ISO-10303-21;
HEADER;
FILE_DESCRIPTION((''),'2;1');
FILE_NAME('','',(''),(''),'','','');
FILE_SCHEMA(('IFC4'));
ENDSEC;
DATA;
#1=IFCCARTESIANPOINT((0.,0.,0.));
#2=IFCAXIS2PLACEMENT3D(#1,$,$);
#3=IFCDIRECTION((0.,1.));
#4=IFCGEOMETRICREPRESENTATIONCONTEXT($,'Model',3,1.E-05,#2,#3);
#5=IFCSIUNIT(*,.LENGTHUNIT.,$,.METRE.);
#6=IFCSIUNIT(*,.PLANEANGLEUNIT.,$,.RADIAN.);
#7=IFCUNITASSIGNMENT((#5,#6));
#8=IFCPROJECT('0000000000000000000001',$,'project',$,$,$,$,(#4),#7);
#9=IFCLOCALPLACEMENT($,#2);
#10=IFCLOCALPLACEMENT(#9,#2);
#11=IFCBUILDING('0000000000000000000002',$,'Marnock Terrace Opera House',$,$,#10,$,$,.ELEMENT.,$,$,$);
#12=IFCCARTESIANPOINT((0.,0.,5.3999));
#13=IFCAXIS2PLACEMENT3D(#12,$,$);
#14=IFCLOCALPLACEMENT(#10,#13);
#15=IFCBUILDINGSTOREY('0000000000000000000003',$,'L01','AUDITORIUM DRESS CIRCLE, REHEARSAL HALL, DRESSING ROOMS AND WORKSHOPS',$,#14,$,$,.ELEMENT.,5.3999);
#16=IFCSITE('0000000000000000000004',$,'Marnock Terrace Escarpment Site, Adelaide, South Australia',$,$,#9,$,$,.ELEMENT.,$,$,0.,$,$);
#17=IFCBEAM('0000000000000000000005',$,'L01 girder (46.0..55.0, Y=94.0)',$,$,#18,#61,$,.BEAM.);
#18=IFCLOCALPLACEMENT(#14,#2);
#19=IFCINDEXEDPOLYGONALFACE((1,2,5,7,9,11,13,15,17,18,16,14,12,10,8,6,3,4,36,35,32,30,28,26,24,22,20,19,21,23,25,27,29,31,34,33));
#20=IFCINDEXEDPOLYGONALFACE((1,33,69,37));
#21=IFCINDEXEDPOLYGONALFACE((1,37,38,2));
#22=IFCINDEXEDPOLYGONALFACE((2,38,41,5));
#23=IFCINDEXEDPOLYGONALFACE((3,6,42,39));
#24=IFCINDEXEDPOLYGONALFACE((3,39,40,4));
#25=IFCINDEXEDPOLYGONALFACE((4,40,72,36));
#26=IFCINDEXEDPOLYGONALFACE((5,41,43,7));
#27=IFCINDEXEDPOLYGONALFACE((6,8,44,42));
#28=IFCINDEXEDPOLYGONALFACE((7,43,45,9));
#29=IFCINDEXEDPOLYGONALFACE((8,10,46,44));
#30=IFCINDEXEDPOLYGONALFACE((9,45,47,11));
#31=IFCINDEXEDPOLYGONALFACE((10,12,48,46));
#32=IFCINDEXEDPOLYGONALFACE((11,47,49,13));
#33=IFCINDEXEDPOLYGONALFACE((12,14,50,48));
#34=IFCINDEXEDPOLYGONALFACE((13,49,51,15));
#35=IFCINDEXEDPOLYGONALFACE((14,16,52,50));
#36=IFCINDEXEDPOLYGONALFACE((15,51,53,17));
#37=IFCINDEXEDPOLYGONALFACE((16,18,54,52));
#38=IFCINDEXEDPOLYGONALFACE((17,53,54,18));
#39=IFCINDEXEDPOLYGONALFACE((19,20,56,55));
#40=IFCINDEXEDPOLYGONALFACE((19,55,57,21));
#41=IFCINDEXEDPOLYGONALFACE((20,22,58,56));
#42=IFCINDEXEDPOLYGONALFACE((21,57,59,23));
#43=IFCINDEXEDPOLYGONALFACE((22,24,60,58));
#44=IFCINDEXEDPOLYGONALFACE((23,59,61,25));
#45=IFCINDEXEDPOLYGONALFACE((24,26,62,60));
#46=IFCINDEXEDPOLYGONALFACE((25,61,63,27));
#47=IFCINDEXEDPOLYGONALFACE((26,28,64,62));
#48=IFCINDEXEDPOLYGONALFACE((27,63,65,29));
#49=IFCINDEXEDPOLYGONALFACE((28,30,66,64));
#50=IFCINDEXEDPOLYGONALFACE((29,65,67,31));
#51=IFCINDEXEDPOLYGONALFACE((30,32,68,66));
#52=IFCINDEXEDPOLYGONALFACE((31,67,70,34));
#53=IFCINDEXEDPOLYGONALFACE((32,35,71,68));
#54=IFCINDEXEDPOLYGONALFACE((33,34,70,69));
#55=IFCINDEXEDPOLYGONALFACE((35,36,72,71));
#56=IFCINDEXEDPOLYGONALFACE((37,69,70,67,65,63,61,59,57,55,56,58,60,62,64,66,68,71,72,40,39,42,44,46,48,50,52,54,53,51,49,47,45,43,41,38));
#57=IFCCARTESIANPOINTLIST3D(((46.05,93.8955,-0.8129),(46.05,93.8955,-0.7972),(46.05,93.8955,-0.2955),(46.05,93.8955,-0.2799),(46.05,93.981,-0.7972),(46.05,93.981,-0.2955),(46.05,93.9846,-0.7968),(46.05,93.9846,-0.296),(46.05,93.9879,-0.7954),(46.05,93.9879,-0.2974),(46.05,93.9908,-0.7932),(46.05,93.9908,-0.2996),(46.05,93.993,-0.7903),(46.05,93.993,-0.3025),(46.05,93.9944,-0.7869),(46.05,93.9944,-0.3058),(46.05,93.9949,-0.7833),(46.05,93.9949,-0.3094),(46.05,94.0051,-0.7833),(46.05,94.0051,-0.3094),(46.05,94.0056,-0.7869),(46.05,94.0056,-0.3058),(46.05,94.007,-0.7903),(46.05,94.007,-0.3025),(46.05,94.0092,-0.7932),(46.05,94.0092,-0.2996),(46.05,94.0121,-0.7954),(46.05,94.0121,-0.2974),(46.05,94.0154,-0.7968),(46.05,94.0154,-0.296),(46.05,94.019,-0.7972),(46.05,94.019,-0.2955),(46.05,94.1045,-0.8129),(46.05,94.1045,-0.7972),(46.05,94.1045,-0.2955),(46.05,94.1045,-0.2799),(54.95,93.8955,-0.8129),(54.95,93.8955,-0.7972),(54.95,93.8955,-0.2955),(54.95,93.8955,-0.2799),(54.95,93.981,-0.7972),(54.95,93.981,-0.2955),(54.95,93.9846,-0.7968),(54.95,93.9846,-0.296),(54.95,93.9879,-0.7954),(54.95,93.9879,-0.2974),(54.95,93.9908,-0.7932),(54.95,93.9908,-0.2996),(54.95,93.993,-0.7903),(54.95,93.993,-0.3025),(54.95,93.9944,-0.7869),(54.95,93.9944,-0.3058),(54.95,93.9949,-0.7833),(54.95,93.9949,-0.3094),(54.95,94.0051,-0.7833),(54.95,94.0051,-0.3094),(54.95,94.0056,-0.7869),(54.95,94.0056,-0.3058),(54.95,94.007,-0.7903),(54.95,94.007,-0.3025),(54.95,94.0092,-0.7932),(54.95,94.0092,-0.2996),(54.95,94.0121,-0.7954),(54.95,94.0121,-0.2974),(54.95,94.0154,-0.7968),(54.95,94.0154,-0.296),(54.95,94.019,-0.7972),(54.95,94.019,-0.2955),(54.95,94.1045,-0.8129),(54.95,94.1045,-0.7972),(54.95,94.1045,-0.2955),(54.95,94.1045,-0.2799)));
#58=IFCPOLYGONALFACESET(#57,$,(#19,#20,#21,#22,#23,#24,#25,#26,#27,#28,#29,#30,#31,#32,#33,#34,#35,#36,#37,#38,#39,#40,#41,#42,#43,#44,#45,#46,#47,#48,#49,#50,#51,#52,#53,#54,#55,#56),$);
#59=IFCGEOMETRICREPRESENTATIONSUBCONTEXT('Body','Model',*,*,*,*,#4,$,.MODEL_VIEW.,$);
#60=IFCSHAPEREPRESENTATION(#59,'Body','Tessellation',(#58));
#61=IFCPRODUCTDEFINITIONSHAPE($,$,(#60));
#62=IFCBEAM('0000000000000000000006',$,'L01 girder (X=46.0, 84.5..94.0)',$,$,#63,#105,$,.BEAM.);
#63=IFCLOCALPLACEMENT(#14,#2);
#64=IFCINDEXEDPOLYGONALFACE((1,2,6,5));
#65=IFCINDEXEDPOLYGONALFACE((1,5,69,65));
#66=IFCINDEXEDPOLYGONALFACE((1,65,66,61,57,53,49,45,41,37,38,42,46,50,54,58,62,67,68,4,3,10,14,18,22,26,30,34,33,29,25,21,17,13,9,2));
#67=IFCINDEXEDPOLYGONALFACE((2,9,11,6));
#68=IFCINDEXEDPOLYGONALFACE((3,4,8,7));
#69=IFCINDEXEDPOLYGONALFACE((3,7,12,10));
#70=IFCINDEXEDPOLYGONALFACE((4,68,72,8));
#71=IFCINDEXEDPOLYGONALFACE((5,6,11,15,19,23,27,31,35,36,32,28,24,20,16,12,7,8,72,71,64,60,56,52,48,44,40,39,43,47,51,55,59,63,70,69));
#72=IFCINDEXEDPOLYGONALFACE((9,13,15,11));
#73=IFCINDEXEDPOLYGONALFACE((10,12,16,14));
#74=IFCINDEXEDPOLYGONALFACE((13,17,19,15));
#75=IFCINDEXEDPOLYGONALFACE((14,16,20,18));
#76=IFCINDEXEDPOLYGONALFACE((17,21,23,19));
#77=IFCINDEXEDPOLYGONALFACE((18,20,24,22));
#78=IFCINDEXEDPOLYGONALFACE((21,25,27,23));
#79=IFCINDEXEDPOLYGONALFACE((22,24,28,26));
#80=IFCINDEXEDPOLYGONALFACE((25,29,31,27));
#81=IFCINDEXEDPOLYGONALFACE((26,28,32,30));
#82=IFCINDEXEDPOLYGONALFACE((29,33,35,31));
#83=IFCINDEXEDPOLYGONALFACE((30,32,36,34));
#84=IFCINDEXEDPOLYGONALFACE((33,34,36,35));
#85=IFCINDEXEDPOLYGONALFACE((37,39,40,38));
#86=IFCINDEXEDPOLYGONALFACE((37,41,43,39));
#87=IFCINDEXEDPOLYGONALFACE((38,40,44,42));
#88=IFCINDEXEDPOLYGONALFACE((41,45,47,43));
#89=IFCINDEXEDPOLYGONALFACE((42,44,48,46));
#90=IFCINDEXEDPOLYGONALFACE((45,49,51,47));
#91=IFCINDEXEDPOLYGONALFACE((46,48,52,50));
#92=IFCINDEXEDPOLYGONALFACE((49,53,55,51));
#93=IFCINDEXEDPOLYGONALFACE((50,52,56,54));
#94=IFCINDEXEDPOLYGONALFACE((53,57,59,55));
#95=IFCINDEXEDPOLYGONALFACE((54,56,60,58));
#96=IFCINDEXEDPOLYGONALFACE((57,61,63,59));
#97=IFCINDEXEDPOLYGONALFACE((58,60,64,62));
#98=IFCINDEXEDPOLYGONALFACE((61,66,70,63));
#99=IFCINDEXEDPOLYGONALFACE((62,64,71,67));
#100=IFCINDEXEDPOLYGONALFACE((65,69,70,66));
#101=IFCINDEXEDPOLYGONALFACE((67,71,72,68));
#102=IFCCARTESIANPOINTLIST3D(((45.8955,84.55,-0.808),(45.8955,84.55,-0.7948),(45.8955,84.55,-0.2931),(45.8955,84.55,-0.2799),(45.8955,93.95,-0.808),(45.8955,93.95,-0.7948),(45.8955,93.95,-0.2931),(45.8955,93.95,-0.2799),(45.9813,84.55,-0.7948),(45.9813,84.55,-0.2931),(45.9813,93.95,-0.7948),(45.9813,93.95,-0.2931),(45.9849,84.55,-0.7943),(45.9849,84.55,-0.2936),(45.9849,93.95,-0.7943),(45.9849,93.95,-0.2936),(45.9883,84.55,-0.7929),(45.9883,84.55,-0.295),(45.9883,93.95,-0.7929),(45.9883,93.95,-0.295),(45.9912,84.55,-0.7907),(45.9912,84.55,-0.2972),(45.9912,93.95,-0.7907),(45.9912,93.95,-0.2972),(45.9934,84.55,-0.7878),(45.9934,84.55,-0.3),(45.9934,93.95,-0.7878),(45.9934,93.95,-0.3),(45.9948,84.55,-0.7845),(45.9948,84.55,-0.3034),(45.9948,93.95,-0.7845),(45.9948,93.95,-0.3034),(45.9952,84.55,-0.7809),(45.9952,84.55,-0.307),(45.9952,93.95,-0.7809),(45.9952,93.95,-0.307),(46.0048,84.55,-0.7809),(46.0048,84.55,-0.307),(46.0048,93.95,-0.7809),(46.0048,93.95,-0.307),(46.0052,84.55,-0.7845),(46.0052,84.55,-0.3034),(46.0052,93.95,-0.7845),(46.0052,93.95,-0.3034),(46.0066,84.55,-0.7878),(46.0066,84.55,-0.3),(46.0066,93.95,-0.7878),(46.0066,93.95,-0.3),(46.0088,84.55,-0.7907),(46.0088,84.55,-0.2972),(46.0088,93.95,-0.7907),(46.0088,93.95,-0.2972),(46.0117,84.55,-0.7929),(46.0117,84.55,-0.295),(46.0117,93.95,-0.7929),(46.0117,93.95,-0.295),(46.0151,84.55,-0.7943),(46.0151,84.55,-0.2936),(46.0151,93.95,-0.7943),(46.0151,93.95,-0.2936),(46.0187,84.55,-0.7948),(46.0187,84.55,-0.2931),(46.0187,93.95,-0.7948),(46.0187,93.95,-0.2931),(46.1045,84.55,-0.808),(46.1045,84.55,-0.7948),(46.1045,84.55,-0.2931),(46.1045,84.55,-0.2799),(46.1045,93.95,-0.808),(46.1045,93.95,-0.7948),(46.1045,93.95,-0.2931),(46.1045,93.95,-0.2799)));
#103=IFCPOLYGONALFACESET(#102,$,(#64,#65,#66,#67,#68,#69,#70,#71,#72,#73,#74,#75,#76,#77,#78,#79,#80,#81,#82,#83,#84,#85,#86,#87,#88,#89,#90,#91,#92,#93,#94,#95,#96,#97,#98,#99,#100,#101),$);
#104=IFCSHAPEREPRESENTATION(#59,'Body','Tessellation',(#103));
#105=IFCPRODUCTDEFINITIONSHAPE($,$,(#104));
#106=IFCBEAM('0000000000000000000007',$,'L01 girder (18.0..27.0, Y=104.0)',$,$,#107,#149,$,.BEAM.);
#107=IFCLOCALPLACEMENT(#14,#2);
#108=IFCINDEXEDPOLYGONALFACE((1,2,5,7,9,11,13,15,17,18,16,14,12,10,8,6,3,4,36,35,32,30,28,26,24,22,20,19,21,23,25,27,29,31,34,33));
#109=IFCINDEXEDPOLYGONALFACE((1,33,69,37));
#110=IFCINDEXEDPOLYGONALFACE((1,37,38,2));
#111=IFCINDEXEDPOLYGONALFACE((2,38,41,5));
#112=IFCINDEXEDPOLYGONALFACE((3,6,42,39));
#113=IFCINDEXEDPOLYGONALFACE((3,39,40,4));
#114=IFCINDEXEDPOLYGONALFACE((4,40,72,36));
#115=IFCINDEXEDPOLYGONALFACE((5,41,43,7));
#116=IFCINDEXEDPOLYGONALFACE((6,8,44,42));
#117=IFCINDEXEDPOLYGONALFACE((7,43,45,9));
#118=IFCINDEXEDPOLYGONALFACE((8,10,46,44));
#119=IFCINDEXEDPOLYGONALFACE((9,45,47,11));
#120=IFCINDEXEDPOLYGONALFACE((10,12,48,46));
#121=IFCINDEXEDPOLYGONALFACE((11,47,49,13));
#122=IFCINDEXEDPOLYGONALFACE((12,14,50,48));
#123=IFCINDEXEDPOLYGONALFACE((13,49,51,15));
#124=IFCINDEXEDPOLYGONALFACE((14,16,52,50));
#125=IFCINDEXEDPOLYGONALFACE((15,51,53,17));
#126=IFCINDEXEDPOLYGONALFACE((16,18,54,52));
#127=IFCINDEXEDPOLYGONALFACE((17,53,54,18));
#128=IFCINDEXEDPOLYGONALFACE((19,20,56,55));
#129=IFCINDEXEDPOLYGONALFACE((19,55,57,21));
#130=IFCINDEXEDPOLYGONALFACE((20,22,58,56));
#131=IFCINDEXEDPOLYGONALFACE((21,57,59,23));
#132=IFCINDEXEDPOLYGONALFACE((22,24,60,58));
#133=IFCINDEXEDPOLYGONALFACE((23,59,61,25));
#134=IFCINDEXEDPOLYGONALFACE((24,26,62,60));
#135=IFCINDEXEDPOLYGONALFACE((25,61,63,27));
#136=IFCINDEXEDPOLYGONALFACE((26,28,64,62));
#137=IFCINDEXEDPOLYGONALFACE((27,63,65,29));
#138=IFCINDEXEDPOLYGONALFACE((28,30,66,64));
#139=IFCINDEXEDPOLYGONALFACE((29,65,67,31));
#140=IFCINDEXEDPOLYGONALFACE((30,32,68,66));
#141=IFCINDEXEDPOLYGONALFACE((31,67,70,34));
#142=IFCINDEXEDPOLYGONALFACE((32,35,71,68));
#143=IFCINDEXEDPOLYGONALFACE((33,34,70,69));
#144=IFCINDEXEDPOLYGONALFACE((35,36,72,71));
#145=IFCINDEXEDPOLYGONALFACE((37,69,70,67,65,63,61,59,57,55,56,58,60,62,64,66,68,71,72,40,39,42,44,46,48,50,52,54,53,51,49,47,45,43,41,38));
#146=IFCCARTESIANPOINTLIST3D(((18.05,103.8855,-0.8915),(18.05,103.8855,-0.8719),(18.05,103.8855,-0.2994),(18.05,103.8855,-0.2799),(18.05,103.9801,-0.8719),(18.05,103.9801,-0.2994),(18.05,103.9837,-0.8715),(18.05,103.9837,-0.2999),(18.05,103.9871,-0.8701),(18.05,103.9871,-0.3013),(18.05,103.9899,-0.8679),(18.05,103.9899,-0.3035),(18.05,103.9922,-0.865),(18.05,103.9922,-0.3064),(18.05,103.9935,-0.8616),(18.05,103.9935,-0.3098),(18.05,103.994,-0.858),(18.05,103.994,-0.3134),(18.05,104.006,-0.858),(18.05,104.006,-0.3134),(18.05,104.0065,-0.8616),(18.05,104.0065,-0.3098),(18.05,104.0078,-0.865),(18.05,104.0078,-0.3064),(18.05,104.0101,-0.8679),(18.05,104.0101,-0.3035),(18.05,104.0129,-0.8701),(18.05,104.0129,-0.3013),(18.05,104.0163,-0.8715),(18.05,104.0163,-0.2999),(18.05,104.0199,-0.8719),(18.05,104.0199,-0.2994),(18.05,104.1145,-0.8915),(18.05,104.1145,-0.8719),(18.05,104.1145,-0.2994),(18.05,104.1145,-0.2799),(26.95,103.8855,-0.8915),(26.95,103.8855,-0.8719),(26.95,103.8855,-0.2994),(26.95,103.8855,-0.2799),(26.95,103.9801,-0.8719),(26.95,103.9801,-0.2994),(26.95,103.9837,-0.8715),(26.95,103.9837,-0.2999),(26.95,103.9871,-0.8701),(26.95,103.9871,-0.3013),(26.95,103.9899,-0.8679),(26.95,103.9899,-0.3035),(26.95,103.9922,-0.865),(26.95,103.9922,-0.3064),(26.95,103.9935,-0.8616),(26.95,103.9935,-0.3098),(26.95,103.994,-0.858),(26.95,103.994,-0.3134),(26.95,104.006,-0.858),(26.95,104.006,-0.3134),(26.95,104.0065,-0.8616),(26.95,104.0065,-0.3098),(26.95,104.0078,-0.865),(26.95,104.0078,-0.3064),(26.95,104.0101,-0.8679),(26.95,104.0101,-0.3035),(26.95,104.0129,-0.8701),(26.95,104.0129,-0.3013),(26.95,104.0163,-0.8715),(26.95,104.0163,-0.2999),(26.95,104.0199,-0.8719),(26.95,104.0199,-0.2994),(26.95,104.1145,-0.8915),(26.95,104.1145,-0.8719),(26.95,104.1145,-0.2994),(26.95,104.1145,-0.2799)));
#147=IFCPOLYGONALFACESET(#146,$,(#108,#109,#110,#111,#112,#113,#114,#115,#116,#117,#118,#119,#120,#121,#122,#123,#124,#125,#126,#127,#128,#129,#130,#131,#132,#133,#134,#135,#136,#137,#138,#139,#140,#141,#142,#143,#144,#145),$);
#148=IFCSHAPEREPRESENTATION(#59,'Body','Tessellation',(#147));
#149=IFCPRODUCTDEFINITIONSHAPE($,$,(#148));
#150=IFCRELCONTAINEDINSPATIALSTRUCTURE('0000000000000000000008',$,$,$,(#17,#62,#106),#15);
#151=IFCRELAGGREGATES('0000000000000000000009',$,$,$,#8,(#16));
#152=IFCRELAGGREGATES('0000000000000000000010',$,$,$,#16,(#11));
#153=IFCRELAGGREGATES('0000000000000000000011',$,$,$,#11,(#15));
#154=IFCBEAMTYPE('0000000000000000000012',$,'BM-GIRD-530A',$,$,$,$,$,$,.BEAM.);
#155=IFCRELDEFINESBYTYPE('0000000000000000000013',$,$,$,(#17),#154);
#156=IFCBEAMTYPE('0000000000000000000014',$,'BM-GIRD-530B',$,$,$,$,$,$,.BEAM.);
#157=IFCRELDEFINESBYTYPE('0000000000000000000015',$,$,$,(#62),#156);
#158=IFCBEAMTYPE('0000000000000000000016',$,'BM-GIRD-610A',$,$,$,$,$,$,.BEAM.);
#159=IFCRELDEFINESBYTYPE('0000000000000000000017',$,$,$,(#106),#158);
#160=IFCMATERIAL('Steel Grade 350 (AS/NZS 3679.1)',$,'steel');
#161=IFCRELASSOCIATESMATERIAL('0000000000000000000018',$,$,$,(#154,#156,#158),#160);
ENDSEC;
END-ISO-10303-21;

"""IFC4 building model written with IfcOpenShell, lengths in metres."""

from ifc_helpers import new_model, si_unit, direction, frame, origin, origin_2d, place, context, subcontext, project, spatial, i_section, extrude, material, material_profile, profile_set, type_object, element, save


model = new_model("IFC4")

# Units and contexts
model_context = context("Model", 3, precision=1e-05, world=origin(), true_north=direction((0.0, 1.0)))
body_context = subcontext(model_context, "Body", "Model", "MODEL_VIEW")
ifc_project = project(units=[si_unit("LENGTHUNIT", "METRE"), si_unit("PLANEANGLEUNIT", "RADIAN")], contexts=[model_context])

# Site, building, storey
site_placement = place(None, origin())
site = spatial("IfcSite", under=ifc_project, at=site_placement, Name="Marnock Terrace Escarpment Site, Adelaide, South Australia", CompositionType="ELEMENT", RefElevation=0.0)
building_placement = place(site_placement, origin())
building = spatial("IfcBuilding", under=site, at=building_placement, Name="Marnock Terrace Opera House", CompositionType="ELEMENT")
storey_placement = place(building_placement, frame((0.0, 0.0, 5.3999)))
storey = spatial("IfcBuildingStorey", under=building, at=storey_placement, Name="L01", Description="AUDITORIUM DRESS CIRCLE, REHEARSAL HALL, DRESSING ROOMS AND WORKSHOPS", CompositionType="ELEMENT", Elevation=5.3999)

# Shared definitions
ifc_material_1 = material(Name="Steel Grade 350 (AS/NZS 3679.1)", Category="steel")

# Beams
ifc_material_profile_1 = material_profile(ifc_material_1, i_section(OverallWidth=0.209, OverallDepth=0.533, WebThickness=0.0103, FlangeThickness=0.0156, FilletRadius=0.0139, at=origin_2d()))
ifc_profile_set_1 = profile_set([ifc_material_profile_1], Name="Steel Grade 350 (AS/NZS 3679.1)")
beam_type_1 = type_object("IfcBeamType", Name="BM-GIRD-530A", PredefinedType="BEAM", material=ifc_profile_set_1)
for number, where, z_axis, x_axis, name in (
    (1, (46.05, 94.0, -0.5464), (1.0, 0.0, 0.0), (0.0, 1.0, 0.0), "L01 girder (46.0..55.0, Y=94.0)"),
):
    element("IfcBeam", number, at=place(storey_placement, frame(where, z_axis=z_axis, x_axis=x_axis)), inside=storey, type_object=beam_type_1, Name=name, PredefinedType="BEAM", context=body_context, shape_type="SweptSolid", body=[
        extrude(i_section(OverallWidth=0.209, OverallDepth=0.533, WebThickness=0.0103, FlangeThickness=0.0156, FilletRadius=0.0139, at=origin_2d()), origin(), (0.0, 0.0, 1.0), 8.8999),
    ])
ifc_material_profile_2 = material_profile(ifc_material_1, i_section(OverallWidth=0.209, OverallDepth=0.5281, WebThickness=0.0095, FlangeThickness=0.0132, FilletRadius=0.0139, at=origin_2d()))
ifc_profile_set_2 = profile_set([ifc_material_profile_2], Name="Steel Grade 350 (AS/NZS 3679.1)")
beam_type_2 = type_object("IfcBeamType", Name="BM-GIRD-530B", PredefinedType="BEAM", material=ifc_profile_set_2)
beam_1_placement = place(storey_placement, frame((46.0, 84.55, -0.5439), z_axis=(0.0, 1.0, 0.0), x_axis=(-1.0, 0.0, 0.0)))
element("IfcBeam", 2, at=beam_1_placement, inside=storey, type_object=beam_type_2, Name="L01 girder (X=46.0, 84.5..94.0)", PredefinedType="BEAM", context=body_context, shape_type="SweptSolid", body=[
    extrude(i_section(OverallWidth=0.209, OverallDepth=0.5281, WebThickness=0.0095, FlangeThickness=0.0132, FilletRadius=0.0139, at=origin_2d()), origin(), (0.0, 0.0, 1.0), 9.3999),
])
ifc_material_profile_3 = material_profile(ifc_material_1, i_section(OverallWidth=0.229, OverallDepth=0.6116, WebThickness=0.012, FlangeThickness=0.0195, FilletRadius=0.0139, at=origin_2d()))
ifc_profile_set_3 = profile_set([ifc_material_profile_3], Name="Steel Grade 350 (AS/NZS 3679.1)")
beam_type_3 = type_object("IfcBeamType", Name="BM-GIRD-610A", PredefinedType="BEAM", material=ifc_profile_set_3)
beam_2_placement = place(storey_placement, frame((18.05, 104.0, -0.5857), z_axis=(1.0, 0.0, 0.0), x_axis=(0.0, 1.0, 0.0)))
element("IfcBeam", 3, at=beam_2_placement, inside=storey, type_object=beam_type_3, Name="L01 girder (18.0..27.0, Y=104.0)", PredefinedType="BEAM", context=body_context, shape_type="SweptSolid", body=[
    extrude(i_section(OverallWidth=0.229, OverallDepth=0.6116, WebThickness=0.012, FlangeThickness=0.0195, FilletRadius=0.0139, at=origin_2d()), origin(), (0.0, 0.0, 1.0), 8.8999),
])

save(model, "model.ifc")
